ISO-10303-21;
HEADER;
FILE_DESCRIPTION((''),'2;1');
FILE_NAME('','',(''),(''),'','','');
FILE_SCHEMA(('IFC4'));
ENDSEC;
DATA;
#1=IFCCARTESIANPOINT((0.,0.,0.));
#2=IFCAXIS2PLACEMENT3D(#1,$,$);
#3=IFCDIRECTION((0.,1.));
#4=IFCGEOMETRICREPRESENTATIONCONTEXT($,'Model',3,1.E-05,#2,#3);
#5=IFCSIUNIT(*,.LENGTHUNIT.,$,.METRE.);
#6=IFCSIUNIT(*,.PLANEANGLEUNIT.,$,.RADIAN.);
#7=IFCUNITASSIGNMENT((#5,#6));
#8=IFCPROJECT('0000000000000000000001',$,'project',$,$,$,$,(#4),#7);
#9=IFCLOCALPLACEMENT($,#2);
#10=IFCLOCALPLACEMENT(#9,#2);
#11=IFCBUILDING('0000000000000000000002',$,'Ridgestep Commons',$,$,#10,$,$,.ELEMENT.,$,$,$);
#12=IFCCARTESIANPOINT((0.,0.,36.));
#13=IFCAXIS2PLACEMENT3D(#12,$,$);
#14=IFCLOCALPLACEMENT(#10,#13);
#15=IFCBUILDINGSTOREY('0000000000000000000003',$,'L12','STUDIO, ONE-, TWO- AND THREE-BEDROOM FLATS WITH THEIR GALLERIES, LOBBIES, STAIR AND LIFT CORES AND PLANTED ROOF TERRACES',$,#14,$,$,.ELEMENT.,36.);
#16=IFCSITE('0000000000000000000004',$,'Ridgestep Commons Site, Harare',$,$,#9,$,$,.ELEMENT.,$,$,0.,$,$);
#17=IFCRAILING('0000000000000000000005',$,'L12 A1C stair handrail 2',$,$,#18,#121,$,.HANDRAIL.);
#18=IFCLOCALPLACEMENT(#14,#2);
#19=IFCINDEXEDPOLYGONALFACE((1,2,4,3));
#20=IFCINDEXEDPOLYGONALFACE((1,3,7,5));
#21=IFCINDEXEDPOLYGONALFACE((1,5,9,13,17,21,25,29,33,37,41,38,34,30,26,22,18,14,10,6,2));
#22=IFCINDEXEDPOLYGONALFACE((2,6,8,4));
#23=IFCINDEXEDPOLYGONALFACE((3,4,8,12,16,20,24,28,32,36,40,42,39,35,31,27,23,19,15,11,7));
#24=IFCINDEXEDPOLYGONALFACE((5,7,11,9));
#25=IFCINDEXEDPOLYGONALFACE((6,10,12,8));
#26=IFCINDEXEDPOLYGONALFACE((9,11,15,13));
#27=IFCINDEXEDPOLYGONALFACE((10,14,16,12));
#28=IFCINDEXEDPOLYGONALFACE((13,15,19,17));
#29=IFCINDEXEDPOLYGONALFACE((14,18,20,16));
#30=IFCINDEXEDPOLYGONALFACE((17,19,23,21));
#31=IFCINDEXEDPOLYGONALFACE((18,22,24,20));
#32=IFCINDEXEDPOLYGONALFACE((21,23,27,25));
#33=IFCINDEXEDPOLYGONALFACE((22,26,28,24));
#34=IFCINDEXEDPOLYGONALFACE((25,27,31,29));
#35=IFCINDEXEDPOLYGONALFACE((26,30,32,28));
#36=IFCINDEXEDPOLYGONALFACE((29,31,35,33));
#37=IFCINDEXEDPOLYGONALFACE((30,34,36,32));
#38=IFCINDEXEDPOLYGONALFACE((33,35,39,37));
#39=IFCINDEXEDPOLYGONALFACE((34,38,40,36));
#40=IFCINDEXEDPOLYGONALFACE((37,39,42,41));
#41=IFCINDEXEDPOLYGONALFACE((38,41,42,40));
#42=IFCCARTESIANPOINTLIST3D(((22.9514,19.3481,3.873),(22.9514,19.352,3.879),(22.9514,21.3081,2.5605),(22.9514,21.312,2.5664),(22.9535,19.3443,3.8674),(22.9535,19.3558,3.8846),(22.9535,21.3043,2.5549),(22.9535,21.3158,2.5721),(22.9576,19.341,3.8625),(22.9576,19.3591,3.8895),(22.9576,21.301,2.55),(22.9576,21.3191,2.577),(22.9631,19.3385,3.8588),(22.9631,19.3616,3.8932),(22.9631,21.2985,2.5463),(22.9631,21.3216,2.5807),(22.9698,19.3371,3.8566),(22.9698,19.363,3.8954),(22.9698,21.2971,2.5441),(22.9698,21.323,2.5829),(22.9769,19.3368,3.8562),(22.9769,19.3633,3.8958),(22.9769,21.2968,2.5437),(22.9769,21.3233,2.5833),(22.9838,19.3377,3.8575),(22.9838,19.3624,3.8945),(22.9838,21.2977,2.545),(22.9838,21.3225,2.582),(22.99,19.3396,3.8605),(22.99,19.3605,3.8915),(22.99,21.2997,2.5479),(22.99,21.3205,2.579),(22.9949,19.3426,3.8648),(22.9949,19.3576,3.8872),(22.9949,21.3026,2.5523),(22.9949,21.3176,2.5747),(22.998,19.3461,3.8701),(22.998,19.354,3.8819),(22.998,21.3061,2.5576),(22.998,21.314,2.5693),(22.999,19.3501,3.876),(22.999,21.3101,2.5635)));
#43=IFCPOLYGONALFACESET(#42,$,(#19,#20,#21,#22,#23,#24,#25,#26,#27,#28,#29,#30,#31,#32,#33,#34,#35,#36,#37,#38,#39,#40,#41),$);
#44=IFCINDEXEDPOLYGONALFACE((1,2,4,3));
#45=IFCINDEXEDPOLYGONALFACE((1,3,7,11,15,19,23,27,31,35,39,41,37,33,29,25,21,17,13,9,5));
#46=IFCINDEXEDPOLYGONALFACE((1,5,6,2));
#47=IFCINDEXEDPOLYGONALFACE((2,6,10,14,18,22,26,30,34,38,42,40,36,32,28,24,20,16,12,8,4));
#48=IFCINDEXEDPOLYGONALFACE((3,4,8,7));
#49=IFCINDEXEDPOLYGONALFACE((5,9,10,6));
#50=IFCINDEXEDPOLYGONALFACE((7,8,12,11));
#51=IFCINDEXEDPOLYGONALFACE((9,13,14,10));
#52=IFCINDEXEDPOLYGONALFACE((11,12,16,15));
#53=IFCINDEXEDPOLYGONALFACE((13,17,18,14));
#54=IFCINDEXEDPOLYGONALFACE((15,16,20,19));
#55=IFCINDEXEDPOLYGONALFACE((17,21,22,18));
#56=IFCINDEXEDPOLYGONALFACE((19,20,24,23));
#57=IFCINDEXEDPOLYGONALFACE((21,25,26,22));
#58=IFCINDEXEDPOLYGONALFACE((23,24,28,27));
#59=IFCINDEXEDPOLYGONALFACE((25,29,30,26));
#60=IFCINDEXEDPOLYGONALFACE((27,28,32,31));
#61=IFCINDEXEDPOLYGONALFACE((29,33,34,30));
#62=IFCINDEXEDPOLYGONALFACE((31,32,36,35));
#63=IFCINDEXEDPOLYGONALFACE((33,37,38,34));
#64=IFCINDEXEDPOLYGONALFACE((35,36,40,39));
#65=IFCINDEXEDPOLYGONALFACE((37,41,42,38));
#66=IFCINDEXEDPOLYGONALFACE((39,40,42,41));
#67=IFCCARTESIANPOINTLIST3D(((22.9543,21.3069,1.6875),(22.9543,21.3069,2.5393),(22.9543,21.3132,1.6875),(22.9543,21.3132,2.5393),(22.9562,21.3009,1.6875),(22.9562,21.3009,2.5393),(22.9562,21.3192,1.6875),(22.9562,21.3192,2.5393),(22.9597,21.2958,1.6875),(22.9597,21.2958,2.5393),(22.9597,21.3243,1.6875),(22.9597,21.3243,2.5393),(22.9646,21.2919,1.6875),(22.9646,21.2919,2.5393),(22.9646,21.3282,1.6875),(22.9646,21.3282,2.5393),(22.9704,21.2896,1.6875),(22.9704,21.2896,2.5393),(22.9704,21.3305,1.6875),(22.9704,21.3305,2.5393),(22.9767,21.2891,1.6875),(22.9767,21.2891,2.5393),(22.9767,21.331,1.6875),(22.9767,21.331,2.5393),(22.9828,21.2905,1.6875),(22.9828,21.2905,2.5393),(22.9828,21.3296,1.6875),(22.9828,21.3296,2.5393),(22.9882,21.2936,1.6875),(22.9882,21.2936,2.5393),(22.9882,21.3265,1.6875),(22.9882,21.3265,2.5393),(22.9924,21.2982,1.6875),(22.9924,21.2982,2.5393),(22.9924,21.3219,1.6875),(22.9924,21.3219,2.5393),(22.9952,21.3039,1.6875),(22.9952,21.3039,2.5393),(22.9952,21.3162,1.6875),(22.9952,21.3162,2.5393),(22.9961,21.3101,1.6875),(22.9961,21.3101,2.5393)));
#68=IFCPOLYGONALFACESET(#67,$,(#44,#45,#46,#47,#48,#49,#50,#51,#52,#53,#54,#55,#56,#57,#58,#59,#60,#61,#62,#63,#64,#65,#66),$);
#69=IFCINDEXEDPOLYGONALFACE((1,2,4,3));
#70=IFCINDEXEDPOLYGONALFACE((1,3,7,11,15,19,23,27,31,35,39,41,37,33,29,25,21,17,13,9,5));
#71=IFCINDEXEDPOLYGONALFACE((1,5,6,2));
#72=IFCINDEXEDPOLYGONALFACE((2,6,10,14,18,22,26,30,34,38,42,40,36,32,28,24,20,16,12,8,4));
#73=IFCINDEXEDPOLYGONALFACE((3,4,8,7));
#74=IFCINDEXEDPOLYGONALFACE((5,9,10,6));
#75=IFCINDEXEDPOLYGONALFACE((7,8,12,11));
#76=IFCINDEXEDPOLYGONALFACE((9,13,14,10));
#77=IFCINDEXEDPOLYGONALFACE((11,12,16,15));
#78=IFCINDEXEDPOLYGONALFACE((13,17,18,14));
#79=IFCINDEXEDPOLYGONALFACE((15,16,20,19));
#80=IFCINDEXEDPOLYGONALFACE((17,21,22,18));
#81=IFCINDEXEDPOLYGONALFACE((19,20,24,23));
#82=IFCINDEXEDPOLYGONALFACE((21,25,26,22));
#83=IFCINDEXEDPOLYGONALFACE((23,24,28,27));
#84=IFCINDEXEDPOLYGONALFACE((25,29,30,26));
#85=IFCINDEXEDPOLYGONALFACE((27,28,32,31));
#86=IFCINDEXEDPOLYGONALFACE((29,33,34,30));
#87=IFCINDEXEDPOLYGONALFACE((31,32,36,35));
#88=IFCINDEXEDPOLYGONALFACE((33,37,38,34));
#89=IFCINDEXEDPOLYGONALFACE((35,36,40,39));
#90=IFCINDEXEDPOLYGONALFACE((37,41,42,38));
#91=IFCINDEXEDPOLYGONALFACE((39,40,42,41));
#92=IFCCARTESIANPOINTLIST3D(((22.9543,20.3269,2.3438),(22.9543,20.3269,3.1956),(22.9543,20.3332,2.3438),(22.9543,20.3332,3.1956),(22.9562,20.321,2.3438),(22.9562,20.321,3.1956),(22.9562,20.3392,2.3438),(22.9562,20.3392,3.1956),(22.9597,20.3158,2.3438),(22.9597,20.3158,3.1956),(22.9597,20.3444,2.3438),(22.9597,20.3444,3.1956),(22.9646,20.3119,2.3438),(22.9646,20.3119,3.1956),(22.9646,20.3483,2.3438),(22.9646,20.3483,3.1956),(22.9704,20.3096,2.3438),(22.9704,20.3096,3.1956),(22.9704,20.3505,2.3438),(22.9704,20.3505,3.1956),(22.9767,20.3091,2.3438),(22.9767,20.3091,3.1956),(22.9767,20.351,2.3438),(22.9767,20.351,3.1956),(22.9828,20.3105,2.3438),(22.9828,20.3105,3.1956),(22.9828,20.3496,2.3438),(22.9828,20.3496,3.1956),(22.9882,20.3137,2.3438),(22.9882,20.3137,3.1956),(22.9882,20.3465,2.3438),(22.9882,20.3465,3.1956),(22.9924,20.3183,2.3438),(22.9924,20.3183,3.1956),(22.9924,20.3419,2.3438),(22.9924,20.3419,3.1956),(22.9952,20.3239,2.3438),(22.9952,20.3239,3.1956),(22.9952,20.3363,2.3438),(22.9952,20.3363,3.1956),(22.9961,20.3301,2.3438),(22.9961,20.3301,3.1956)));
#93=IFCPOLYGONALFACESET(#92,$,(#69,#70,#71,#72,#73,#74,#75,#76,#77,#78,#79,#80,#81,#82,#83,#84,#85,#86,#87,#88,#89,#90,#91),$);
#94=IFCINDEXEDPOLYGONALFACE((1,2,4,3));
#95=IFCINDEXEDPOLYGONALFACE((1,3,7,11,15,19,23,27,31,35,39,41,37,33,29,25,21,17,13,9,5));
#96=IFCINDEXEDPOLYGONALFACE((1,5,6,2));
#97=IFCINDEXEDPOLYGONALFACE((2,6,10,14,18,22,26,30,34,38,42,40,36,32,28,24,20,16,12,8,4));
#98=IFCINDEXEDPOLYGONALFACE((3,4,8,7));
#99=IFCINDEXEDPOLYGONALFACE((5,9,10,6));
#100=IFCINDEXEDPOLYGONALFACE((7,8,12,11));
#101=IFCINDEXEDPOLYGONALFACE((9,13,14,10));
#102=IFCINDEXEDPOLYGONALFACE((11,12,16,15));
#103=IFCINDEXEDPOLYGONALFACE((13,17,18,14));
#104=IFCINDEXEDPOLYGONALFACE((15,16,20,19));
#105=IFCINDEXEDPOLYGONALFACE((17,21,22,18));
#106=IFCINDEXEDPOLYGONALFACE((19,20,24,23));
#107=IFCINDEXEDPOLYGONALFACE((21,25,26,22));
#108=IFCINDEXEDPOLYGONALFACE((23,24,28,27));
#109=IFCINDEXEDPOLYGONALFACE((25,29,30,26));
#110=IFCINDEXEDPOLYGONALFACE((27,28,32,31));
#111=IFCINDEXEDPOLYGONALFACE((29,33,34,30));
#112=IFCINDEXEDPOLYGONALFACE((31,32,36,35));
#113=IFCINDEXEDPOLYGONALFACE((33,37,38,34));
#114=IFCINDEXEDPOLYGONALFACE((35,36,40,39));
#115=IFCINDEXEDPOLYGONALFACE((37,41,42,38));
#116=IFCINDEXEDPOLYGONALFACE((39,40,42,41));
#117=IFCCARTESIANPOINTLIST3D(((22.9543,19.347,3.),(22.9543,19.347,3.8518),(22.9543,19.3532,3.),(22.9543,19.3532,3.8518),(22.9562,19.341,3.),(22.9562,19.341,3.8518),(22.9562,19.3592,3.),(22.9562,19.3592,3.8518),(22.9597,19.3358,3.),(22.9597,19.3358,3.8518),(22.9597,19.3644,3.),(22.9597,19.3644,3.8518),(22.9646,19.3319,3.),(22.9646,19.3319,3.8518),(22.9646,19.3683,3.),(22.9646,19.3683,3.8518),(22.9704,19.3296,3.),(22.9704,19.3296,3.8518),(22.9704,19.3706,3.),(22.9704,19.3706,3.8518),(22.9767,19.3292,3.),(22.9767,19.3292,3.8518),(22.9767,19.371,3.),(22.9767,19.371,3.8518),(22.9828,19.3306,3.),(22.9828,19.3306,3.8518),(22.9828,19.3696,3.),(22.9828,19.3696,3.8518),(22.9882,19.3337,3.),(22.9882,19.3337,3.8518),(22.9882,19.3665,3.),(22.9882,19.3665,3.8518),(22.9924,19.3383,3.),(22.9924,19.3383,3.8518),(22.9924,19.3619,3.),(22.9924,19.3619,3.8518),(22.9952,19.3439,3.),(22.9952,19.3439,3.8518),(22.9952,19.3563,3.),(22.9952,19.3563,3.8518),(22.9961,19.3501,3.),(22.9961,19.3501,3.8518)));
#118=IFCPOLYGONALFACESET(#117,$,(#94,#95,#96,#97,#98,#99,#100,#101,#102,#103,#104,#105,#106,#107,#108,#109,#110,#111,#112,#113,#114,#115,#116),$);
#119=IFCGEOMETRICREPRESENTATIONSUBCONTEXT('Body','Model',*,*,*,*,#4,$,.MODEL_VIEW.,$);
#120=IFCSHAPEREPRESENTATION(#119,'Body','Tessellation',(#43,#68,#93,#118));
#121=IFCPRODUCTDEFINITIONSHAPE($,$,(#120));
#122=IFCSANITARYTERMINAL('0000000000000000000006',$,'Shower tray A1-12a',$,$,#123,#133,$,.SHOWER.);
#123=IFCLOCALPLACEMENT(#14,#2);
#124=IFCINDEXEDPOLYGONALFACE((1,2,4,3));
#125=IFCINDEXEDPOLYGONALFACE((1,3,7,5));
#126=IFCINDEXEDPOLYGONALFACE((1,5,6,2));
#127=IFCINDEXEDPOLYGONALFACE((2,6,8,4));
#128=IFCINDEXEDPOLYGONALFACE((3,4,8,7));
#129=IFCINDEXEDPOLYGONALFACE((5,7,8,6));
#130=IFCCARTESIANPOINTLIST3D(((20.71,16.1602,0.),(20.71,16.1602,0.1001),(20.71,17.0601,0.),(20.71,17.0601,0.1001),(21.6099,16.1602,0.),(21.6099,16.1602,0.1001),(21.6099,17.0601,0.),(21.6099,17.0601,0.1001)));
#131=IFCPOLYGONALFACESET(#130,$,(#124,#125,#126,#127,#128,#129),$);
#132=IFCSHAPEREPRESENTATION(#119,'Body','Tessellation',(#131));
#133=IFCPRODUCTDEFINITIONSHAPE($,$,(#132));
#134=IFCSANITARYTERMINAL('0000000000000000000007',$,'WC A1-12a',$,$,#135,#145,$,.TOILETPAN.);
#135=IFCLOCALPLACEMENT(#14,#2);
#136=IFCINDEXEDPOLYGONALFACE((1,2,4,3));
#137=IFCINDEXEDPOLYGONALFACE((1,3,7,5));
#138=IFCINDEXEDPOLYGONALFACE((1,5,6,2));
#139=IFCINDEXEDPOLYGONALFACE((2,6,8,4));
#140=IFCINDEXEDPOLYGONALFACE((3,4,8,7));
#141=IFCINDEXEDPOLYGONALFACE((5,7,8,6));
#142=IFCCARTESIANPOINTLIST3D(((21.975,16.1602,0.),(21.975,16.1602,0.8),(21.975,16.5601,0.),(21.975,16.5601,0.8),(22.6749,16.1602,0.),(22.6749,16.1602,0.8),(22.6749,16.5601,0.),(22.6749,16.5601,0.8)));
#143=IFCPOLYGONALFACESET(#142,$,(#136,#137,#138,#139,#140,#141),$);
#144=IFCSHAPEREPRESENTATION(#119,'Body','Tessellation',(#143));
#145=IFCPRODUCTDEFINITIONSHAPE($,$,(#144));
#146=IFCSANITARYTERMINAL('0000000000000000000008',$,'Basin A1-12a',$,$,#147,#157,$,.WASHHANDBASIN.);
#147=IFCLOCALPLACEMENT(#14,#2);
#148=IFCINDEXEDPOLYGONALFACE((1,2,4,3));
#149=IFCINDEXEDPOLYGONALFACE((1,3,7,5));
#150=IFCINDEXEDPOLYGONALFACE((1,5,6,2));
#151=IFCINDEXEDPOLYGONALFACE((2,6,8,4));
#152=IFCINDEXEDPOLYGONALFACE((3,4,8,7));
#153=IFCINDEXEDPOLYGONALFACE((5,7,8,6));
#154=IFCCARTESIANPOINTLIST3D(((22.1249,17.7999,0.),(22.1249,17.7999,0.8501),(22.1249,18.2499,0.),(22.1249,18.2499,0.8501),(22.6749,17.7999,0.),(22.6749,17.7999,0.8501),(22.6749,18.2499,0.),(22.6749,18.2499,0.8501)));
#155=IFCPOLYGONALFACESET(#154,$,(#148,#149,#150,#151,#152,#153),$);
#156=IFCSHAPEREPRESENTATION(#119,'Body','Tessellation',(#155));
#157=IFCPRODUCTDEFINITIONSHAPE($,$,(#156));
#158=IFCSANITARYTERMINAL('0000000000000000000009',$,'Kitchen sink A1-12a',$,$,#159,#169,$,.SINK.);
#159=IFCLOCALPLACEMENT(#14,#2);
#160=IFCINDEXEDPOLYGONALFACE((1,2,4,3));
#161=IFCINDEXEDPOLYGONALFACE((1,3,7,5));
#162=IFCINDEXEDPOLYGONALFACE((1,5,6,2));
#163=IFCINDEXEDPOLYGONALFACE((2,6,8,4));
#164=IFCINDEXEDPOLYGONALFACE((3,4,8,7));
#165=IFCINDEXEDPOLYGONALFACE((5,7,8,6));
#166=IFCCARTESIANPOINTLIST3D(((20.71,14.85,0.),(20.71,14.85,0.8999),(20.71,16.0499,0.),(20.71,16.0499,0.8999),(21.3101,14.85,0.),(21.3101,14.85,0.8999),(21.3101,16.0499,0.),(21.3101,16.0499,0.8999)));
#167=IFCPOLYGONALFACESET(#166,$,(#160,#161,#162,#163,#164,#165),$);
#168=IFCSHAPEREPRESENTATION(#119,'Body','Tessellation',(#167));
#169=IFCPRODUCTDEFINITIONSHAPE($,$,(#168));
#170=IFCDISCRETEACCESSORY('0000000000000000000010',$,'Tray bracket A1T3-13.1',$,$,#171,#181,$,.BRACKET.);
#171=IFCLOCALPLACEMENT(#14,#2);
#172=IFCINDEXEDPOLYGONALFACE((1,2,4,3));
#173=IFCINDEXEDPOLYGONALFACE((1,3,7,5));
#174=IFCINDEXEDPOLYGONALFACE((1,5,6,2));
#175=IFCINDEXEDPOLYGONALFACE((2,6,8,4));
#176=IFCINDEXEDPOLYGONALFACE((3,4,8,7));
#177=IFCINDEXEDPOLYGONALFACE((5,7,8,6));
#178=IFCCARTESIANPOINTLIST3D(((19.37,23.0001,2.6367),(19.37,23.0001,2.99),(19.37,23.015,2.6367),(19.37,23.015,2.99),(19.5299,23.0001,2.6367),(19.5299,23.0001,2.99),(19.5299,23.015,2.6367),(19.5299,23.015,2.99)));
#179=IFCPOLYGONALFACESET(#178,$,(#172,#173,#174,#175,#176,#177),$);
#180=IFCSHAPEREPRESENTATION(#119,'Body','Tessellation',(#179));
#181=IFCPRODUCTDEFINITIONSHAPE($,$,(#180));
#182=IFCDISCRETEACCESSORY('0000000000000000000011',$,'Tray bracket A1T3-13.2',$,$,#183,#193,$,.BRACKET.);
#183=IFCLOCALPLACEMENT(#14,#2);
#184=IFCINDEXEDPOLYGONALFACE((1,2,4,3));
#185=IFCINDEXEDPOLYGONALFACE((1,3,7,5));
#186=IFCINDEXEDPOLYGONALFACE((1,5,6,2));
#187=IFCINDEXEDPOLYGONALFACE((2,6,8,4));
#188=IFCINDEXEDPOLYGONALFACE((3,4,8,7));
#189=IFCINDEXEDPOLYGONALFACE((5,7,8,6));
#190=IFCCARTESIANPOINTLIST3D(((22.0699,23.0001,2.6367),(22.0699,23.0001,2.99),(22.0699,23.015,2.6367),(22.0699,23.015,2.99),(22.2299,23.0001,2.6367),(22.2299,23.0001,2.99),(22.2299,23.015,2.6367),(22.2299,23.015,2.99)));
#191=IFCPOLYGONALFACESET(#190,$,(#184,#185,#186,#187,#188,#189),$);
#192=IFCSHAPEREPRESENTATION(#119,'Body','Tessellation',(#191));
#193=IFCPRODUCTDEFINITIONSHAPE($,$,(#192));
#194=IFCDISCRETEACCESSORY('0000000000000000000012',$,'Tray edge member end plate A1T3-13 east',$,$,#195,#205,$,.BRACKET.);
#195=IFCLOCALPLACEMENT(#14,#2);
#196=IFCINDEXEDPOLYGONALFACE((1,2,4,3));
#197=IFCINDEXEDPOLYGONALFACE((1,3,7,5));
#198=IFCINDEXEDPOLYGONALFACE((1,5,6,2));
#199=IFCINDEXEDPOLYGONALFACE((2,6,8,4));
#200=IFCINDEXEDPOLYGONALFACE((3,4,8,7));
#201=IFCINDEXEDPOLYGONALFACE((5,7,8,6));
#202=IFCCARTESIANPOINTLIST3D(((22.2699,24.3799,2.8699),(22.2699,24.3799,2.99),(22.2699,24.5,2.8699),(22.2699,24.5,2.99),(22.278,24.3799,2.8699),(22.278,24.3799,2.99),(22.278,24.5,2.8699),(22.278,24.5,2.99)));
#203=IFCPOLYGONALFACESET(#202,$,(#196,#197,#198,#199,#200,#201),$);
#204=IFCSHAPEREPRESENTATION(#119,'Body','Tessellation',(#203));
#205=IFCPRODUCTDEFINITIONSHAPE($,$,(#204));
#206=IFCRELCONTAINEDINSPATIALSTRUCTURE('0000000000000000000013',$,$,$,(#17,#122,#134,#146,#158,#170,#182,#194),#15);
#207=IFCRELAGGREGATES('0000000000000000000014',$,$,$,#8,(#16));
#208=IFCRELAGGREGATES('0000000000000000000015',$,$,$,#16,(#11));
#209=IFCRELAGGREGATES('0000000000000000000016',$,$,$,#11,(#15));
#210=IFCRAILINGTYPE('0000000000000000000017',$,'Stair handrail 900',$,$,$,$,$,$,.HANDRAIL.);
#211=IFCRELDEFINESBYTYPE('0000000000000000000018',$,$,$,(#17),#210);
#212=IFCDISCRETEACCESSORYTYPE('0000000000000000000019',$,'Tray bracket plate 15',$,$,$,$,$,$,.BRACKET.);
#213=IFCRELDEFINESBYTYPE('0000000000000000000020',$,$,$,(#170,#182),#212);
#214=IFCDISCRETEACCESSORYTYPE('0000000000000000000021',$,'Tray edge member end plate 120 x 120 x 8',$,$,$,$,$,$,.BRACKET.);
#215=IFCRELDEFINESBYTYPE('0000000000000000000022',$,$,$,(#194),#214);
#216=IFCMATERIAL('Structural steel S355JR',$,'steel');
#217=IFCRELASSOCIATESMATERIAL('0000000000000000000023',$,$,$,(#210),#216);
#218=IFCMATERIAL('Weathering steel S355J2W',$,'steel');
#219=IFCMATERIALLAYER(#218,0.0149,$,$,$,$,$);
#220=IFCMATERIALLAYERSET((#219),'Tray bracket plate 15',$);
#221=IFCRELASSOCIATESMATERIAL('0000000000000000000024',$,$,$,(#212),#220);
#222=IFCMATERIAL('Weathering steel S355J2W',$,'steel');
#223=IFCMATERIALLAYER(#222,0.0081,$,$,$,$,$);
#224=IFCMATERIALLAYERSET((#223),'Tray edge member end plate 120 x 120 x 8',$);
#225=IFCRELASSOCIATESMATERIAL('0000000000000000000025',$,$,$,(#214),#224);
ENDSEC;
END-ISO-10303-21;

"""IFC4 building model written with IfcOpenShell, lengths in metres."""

from ifc_helpers import new_model, si_unit, direction, frame, origin, origin_2d, place, context, subcontext, project, spatial, rectangle, circle, extrude, material, layer, layer_set, type_object, element, save


model = new_model("IFC4")

# Units and contexts
model_context = context("Model", 3, precision=1e-05, world=origin(), true_north=direction((0.0, 1.0)))
body_context = subcontext(model_context, "Body", "Model", "MODEL_VIEW")
ifc_project = project(units=[si_unit("LENGTHUNIT", "METRE"), si_unit("PLANEANGLEUNIT", "RADIAN")], contexts=[model_context])

# Site, building, storey
site_placement = place(None, origin())
site = spatial("IfcSite", under=ifc_project, at=site_placement, Name="Ridgestep Commons Site, Harare", CompositionType="ELEMENT", RefElevation=0.0)
building_placement = place(site_placement, origin())
building = spatial("IfcBuilding", under=site, at=building_placement, Name="Ridgestep Commons", CompositionType="ELEMENT")
storey_placement = place(building_placement, frame((0.0, 0.0, 36.0)))
storey = spatial("IfcBuildingStorey", under=building, at=storey_placement, Name="L12", Description="STUDIO, ONE-, TWO- AND THREE-BEDROOM FLATS WITH THEIR GALLERIES, LOBBIES, STAIR AND LIFT CORES AND PLANTED ROOF TERRACES", CompositionType="ELEMENT", Elevation=36.0)

# Railing
ifc_material_1 = material(Name="Structural steel S355JR", Category="steel")
railing_type_1 = type_object("IfcRailingType", Name="Stair handrail 900", PredefinedType="HANDRAIL", material=ifc_material_1)
railing_1_placement = place(storey_placement, frame((22.9751, 21.3101, 1.6875)))
element("IfcRailing", 1, at=railing_1_placement, inside=storey, type_object=railing_type_1, Name="L12 A1C stair handrail 2", PredefinedType="HANDRAIL", context=body_context, shape_type="SweptSolid", body=[
    extrude(circle(Radius=0.0239, at=origin_2d()), frame((0.0, 0.0, 0.876), z_axis=(0.0, -0.830902, 0.556419), x_axis=(1.0, 0.0, 0.0)), (0.0, 0.0, 1.0), 2.3589),
    extrude(circle(Radius=0.021, at=origin_2d()), origin(), (0.0, 0.0, 1.0), 0.8518),
    extrude(circle(Radius=0.021, at=origin_2d()), frame((0.0, -0.98, 0.6562)), (0.0, 0.0, 1.0), 0.8518),
    extrude(circle(Radius=0.021, at=origin_2d()), frame((0.0, -1.96, 1.3125)), (0.0, 0.0, 1.0), 0.8518),
])

# Sanitary terminals
sanitary_terminal_1_placement = place(storey_placement, frame((21.1599, 16.6101, 0.0), z_axis=(0.0, 0.0, 1.0), x_axis=(1.0, 0.0, 0.0)))
element("IfcSanitaryTerminal", 2, at=sanitary_terminal_1_placement, inside=storey, Name="Shower tray A1-12a", PredefinedType="SHOWER", context=body_context, shape_type="SweptSolid", body=[
    extrude(rectangle(XDim=0.8999, YDim=0.8999, at=origin_2d()), origin(), (0.0, 0.0, 1.0), 0.1001),
])
sanitary_terminal_2_placement = place(storey_placement, frame((22.325, 16.3601, 0.0), z_axis=(0.0, 0.0, 1.0), x_axis=(1.0, 0.0, 0.0)))
element("IfcSanitaryTerminal", 3, at=sanitary_terminal_2_placement, inside=storey, Name="WC A1-12a", PredefinedType="TOILETPAN", context=body_context, shape_type="SweptSolid", body=[
    extrude(rectangle(XDim=0.7, YDim=0.3999, at=origin_2d()), origin(), (0.0, 0.0, 1.0), 0.8),
])
sanitary_terminal_3_placement = place(storey_placement, frame((22.3999, 18.0249, 0.0), z_axis=(0.0, 0.0, 1.0), x_axis=(1.0, 0.0, 0.0)))
element("IfcSanitaryTerminal", 4, at=sanitary_terminal_3_placement, inside=storey, Name="Basin A1-12a", PredefinedType="WASHHANDBASIN", context=body_context, shape_type="SweptSolid", body=[
    extrude(rectangle(XDim=0.55, YDim=0.45, at=origin_2d()), origin(), (0.0, 0.0, 1.0), 0.8501),
])
sanitary_terminal_4_placement = place(storey_placement, frame((21.01, 15.45, 0.0), z_axis=(0.0, 0.0, 1.0), x_axis=(1.0, 0.0, 0.0)))
element("IfcSanitaryTerminal", 5, at=sanitary_terminal_4_placement, inside=storey, Name="Kitchen sink A1-12a", PredefinedType="SINK", context=body_context, shape_type="SweptSolid", body=[
    extrude(rectangle(XDim=0.6001, YDim=1.2, at=origin_2d()), origin(), (0.0, 0.0, 1.0), 0.8999),
])

# Discrete accessories
ifc_material_2 = material(Name="Weathering steel S355J2W", Category="steel")
ifc_layer_1 = layer(ifc_material_2, 0.0149)
ifc_layer_set_1 = layer_set([ifc_layer_1], Name="Tray bracket plate 15")
discrete_accessory_type_1 = type_object("IfcDiscreteAccessoryType", Name="Tray bracket plate 15", PredefinedType="BRACKET", material=ifc_layer_set_1)
for number, where, z_axis, x_axis, name in (
    (6, (19.45, 23.0076, 2.6367), (0.0, 0.0, 1.0), (1.0, 0.0, 0.0), "Tray bracket A1T3-13.1"),
    (7, (22.1499, 23.0076, 2.6367), (0.0, 0.0, 1.0), (1.0, 0.0, 0.0), "Tray bracket A1T3-13.2"),
):
    element("IfcDiscreteAccessory", number, at=place(storey_placement, frame(where, z_axis=z_axis, x_axis=x_axis)), inside=storey, type_object=discrete_accessory_type_1, Name=name, PredefinedType="BRACKET", context=body_context, shape_type="SweptSolid", body=[
        extrude(rectangle(XDim=0.1599, YDim=0.0149, at=origin_2d()), origin(), (0.0, 0.0, 1.0), 0.3533),
    ])
ifc_material_3 = material(Name="Weathering steel S355J2W", Category="steel")
ifc_layer_2 = layer(ifc_material_3, 0.0081)
ifc_layer_set_2 = layer_set([ifc_layer_2], Name="Tray edge member end plate 120 x 120 x 8")
discrete_accessory_type_2 = type_object("IfcDiscreteAccessoryType", Name="Tray edge member end plate 120 x 120 x 8", PredefinedType="BRACKET", material=ifc_layer_set_2)
discrete_accessory_placement = place(storey_placement, frame((22.2739, 24.4399, 2.8699), z_axis=(0.0, 0.0, 1.0), x_axis=(1.0, 0.0, 0.0)))
element("IfcDiscreteAccessory", 8, at=discrete_accessory_placement, inside=storey, type_object=discrete_accessory_type_2, Name="Tray edge member end plate A1T3-13 east", PredefinedType="BRACKET", context=body_context, shape_type="SweptSolid", body=[
    extrude(rectangle(XDim=0.0081, YDim=0.1201, at=origin_2d()), origin(), (0.0, 0.0, 1.0), 0.1201),
])

save(model, "model.ifc")
